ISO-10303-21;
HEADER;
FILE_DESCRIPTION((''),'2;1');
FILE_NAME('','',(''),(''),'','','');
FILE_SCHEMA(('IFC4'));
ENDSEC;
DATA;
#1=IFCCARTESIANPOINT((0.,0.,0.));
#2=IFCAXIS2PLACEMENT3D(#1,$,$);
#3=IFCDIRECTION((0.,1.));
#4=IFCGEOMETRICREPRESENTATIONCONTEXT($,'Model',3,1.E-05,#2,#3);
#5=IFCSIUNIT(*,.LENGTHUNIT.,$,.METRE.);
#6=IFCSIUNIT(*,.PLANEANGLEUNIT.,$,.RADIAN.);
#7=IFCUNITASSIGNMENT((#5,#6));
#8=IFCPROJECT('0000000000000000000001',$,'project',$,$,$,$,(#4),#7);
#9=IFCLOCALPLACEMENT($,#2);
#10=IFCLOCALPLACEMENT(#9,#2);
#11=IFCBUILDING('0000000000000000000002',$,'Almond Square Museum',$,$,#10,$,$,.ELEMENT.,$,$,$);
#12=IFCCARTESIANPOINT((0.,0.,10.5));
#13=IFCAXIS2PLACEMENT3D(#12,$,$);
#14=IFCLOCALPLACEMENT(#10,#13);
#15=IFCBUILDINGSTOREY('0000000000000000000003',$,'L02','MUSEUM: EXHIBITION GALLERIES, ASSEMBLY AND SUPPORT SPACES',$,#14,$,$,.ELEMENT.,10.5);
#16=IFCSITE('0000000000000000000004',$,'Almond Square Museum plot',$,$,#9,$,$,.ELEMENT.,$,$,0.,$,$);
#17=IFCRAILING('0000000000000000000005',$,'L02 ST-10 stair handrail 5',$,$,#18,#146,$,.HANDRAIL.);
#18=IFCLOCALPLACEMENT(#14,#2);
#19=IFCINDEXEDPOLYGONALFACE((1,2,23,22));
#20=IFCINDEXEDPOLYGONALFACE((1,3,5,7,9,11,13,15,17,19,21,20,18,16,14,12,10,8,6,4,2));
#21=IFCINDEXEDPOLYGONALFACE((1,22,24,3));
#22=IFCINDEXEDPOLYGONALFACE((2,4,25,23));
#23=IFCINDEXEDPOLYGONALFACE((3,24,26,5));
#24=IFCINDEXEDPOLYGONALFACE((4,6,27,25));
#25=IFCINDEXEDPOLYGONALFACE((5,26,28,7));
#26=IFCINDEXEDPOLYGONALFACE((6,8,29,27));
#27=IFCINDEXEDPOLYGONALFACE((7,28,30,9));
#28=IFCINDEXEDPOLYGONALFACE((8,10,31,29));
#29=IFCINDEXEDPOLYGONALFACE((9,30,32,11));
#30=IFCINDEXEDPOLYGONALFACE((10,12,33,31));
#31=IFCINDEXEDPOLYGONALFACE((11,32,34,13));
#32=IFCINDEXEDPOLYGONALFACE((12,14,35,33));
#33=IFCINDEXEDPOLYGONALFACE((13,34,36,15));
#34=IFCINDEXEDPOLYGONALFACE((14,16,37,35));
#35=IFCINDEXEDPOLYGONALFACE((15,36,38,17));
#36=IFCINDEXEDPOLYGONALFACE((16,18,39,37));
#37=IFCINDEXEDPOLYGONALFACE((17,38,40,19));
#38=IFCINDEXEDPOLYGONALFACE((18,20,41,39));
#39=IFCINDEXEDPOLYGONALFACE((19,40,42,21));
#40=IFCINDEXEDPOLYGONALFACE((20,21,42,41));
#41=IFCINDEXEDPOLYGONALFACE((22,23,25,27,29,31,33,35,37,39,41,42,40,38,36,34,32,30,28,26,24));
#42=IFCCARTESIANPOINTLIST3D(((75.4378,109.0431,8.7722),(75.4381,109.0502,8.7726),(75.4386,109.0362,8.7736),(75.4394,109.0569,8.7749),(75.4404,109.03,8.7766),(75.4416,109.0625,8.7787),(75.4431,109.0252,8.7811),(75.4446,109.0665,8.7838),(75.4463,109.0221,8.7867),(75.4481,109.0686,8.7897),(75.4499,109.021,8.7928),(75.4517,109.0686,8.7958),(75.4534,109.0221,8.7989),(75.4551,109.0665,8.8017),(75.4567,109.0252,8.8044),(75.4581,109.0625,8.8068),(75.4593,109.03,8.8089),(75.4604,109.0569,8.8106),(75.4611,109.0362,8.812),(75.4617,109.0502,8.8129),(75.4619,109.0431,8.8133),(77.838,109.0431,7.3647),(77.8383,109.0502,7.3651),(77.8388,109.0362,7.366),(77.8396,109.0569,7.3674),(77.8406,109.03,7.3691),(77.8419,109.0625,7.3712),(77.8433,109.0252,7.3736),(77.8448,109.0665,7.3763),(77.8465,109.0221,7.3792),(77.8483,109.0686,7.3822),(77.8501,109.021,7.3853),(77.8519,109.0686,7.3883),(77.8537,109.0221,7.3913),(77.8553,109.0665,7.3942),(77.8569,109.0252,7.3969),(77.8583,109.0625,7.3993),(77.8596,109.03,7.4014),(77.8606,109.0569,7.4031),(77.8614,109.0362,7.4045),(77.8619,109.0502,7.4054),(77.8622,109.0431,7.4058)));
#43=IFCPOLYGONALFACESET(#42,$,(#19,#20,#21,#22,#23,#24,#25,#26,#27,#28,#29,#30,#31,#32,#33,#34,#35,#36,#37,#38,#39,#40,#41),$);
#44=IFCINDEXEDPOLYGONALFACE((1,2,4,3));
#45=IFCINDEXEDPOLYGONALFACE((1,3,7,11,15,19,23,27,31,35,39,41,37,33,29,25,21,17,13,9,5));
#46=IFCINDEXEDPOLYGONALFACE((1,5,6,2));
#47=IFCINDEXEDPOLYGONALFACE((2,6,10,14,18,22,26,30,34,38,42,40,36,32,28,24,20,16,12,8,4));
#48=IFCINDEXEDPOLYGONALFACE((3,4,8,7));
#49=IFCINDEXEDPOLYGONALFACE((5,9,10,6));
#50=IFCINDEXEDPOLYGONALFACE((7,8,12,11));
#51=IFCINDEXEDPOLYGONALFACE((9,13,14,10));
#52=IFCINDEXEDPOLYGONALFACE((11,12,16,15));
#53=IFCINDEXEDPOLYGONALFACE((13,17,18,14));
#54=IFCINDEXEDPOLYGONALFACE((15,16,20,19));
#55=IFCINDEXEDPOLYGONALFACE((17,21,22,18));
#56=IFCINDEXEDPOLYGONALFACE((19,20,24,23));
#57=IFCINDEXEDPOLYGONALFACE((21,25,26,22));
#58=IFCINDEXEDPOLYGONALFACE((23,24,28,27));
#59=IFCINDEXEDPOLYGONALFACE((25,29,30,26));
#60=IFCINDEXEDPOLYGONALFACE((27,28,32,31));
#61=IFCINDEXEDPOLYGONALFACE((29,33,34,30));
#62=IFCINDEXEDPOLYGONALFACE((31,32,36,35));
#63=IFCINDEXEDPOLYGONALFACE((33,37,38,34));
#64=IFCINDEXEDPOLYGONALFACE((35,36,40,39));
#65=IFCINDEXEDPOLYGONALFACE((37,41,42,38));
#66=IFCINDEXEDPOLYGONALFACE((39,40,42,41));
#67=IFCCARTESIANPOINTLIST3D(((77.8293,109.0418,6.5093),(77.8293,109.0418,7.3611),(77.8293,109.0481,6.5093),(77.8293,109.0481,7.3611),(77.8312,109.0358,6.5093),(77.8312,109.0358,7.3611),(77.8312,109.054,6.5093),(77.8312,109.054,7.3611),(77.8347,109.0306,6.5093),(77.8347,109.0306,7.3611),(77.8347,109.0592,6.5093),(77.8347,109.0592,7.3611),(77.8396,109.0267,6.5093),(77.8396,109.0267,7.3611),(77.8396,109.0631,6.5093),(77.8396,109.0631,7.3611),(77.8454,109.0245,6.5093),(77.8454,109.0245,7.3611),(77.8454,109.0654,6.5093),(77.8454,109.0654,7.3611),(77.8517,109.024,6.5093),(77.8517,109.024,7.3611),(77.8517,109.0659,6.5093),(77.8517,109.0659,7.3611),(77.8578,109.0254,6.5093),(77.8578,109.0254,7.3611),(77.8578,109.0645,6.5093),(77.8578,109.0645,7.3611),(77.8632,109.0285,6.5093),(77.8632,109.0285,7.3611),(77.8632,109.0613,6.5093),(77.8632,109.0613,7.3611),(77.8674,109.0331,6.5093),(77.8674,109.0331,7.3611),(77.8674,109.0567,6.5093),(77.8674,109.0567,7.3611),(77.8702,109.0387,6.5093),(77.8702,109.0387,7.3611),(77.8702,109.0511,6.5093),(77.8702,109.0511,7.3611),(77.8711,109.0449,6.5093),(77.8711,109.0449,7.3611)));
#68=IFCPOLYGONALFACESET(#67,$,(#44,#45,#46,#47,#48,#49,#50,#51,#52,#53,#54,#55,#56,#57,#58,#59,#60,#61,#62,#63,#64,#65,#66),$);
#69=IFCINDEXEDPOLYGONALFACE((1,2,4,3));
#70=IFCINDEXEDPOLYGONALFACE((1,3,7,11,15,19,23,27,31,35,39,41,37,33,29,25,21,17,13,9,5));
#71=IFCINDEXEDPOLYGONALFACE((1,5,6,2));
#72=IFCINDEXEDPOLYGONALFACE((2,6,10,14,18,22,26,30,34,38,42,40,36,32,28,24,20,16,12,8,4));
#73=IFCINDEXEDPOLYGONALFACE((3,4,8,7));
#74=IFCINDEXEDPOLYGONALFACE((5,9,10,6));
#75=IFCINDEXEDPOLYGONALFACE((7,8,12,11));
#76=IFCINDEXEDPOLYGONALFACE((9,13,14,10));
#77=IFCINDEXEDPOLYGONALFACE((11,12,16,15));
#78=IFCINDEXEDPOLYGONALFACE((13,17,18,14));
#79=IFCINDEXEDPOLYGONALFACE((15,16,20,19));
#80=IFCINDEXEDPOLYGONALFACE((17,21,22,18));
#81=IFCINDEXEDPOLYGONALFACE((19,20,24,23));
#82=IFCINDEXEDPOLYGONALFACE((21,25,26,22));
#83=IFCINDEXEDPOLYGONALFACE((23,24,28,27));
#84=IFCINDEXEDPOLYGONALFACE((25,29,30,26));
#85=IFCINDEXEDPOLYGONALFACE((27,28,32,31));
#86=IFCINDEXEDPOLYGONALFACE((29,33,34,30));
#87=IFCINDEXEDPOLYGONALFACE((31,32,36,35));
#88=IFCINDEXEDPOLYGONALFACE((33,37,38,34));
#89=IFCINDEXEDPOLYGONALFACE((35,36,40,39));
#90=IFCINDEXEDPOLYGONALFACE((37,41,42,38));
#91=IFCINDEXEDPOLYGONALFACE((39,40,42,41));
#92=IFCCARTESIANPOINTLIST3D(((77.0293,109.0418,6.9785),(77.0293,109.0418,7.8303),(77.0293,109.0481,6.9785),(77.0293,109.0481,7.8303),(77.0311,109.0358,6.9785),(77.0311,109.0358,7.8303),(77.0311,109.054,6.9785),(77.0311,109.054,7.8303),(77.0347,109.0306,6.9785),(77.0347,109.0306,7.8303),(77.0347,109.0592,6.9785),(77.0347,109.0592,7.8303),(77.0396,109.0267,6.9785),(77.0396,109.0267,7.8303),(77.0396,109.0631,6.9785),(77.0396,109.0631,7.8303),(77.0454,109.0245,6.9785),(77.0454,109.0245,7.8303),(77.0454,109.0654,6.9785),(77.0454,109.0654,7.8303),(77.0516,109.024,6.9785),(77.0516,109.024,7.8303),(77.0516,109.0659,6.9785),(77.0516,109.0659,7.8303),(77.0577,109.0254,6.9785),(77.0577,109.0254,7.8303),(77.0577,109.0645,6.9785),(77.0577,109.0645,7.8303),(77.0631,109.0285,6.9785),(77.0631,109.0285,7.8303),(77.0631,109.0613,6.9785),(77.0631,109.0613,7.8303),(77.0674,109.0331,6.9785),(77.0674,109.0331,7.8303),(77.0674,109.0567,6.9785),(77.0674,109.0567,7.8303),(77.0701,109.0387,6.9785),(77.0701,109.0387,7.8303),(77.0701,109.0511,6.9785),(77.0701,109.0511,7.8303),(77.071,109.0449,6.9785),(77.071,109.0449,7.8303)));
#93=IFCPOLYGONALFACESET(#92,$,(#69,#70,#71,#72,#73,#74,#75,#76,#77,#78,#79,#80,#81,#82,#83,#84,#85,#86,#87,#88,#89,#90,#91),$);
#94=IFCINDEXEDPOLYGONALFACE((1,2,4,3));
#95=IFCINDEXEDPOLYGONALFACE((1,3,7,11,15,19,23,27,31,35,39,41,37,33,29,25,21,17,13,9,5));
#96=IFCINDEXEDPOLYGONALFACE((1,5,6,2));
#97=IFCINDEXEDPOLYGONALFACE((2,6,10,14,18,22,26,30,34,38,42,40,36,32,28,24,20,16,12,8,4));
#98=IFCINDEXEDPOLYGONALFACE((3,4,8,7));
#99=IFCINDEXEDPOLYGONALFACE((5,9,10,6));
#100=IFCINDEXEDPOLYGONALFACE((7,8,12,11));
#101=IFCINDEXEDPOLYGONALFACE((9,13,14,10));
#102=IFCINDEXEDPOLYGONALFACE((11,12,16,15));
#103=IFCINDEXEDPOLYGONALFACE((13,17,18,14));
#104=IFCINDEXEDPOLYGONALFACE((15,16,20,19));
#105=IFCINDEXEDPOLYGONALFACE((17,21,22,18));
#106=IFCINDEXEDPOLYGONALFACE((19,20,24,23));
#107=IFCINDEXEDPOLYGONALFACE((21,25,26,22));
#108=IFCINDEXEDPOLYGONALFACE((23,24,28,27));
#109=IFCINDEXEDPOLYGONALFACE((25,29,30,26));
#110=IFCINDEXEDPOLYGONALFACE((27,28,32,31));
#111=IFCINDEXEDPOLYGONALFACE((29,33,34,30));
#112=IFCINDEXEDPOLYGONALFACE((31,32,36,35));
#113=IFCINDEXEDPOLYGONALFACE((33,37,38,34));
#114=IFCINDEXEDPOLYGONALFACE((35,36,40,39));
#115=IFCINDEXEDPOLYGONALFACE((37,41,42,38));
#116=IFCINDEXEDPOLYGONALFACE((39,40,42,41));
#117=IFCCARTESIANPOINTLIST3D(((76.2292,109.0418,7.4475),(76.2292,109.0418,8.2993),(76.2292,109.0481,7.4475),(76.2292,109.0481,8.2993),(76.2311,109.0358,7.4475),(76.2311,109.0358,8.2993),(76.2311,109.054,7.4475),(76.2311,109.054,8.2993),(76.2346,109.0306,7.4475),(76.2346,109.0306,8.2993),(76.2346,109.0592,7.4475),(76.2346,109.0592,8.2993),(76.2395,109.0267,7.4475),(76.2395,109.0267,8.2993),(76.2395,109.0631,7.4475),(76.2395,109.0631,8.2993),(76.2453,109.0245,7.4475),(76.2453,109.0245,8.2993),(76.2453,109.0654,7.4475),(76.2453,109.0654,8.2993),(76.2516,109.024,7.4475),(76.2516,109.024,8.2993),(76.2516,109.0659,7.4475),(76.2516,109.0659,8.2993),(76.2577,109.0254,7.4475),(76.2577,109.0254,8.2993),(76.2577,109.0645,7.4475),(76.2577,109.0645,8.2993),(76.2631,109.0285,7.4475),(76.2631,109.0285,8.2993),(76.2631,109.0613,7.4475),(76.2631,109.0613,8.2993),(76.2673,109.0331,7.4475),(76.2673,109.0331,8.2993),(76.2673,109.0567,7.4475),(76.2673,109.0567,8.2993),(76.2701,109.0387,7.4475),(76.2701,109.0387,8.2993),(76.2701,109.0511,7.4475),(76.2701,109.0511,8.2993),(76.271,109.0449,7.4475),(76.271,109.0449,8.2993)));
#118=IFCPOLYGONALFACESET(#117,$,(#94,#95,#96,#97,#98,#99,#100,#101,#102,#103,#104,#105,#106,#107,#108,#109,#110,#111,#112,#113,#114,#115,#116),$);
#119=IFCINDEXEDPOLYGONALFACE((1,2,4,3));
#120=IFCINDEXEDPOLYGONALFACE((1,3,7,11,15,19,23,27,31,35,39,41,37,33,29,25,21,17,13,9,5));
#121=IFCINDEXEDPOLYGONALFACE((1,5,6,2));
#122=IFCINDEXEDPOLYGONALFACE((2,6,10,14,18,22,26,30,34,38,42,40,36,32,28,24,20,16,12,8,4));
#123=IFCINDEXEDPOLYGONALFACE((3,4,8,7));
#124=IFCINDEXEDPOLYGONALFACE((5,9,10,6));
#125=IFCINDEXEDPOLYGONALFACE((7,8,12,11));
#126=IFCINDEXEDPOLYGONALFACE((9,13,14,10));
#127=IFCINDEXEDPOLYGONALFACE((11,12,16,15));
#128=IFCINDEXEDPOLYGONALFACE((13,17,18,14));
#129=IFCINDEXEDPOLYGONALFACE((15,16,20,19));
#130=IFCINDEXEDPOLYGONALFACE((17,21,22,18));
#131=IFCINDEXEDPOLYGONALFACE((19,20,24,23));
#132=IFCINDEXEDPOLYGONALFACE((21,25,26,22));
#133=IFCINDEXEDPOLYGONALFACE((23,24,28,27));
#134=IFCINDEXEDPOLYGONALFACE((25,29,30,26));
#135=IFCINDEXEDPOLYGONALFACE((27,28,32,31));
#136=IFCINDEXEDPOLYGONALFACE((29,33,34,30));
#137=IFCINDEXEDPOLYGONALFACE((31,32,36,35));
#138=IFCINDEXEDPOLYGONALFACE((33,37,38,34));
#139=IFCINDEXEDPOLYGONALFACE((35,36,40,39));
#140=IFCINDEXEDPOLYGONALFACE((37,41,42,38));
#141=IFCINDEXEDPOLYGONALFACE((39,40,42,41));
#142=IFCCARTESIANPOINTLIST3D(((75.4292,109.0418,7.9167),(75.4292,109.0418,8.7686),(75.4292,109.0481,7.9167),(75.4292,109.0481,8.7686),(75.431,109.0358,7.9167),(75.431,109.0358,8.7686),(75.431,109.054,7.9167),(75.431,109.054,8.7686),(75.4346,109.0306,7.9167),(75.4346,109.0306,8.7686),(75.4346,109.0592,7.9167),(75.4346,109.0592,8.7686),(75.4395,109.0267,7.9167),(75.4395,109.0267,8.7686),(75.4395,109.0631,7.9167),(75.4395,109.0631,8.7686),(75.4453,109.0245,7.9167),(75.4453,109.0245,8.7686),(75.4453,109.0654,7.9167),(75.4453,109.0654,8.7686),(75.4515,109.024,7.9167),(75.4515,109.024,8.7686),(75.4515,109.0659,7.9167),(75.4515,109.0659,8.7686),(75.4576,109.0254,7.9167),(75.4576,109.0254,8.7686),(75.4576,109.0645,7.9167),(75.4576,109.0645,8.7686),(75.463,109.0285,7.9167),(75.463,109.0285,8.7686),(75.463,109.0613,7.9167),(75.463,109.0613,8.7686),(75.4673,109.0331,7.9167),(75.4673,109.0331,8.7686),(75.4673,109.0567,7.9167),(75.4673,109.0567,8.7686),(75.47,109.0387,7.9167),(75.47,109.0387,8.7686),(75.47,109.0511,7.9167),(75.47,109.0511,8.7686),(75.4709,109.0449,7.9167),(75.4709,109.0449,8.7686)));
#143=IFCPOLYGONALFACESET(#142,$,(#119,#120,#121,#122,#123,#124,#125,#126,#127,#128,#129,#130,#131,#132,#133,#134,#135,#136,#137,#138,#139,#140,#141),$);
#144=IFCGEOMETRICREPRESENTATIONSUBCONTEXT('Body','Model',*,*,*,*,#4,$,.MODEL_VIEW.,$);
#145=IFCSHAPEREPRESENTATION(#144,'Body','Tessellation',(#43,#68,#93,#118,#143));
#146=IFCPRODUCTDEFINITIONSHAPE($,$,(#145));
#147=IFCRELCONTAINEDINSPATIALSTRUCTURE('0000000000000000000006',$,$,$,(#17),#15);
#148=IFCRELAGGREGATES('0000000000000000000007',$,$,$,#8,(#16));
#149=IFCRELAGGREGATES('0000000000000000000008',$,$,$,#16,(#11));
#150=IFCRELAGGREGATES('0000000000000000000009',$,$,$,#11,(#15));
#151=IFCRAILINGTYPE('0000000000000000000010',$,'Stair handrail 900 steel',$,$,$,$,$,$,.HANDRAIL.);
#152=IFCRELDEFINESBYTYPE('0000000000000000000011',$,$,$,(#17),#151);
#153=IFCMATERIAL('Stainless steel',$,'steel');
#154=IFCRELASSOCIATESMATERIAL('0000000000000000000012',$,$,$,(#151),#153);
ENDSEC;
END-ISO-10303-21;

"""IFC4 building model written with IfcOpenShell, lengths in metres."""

from ifc_helpers import new_model, si_unit, direction, frame, origin, origin_2d, place, context, subcontext, project, spatial, circle, extrude, material, type_object, element, save


model = new_model("IFC4")

# Units and contexts
model_context = context("Model", 3, precision=1e-05, world=origin(), true_north=direction((0.0, 1.0)))
body_context = subcontext(model_context, "Body", "Model", "MODEL_VIEW")
ifc_project = project(units=[si_unit("LENGTHUNIT", "METRE"), si_unit("PLANEANGLEUNIT", "RADIAN")], contexts=[model_context])

# Site, building, storey
site_placement = place(None, origin())
site = spatial("IfcSite", under=ifc_project, at=site_placement, Name="Almond Square Museum plot", CompositionType="ELEMENT", RefElevation=0.0)
building_placement = place(site_placement, origin())
building = spatial("IfcBuilding", under=site, at=building_placement, Name="Almond Square Museum", CompositionType="ELEMENT")
storey_placement = place(building_placement, frame((0.0, 0.0, 10.5)))
storey = spatial("IfcBuildingStorey", under=building, at=storey_placement, Name="L02", Description="MUSEUM: EXHIBITION GALLERIES, ASSEMBLY AND SUPPORT SPACES", CompositionType="ELEMENT", Elevation=10.5)

# Railing
ifc_material_1 = material(Name="Stainless steel", Category="steel")
railing_type_1 = type_object("IfcRailingType", Name="Stair handrail 900 steel", PredefinedType="HANDRAIL", material=ifc_material_1)
railing_1_placement = place(storey_placement, frame((77.8501, 109.0449, 6.5093)))
element("IfcRailing", 1, at=railing_1_placement, inside=storey, type_object=railing_type_1, Name="L02 ST-10 stair handrail 5", PredefinedType="HANDRAIL", context=body_context, shape_type="SweptSolid", body=[
    extrude(circle(Radius=0.0239, at=origin_2d()), frame((0.0, 0.0, 0.876), z_axis=(-0.862621, 0.0, 0.50585), x_axis=(0.0, -1.0, 0.0)), (0.0, 0.0, 1.0), 2.7825),
    extrude(circle(Radius=0.021, at=origin_2d()), origin(), (0.0, 0.0, 1.0), 0.8518),
    extrude(circle(Radius=0.021, at=origin_2d()), frame((-0.8, 0.0, 0.4692)), (0.0, 0.0, 1.0), 0.8518),
    extrude(circle(Radius=0.021, at=origin_2d()), frame((-1.6001, 0.0, 0.9382)), (0.0, 0.0, 1.0), 0.8518),
    extrude(circle(Radius=0.021, at=origin_2d()), frame((-2.4001, 0.0, 1.4075)), (0.0, 0.0, 1.0), 0.8518),
])

save(model, "model.ifc")
